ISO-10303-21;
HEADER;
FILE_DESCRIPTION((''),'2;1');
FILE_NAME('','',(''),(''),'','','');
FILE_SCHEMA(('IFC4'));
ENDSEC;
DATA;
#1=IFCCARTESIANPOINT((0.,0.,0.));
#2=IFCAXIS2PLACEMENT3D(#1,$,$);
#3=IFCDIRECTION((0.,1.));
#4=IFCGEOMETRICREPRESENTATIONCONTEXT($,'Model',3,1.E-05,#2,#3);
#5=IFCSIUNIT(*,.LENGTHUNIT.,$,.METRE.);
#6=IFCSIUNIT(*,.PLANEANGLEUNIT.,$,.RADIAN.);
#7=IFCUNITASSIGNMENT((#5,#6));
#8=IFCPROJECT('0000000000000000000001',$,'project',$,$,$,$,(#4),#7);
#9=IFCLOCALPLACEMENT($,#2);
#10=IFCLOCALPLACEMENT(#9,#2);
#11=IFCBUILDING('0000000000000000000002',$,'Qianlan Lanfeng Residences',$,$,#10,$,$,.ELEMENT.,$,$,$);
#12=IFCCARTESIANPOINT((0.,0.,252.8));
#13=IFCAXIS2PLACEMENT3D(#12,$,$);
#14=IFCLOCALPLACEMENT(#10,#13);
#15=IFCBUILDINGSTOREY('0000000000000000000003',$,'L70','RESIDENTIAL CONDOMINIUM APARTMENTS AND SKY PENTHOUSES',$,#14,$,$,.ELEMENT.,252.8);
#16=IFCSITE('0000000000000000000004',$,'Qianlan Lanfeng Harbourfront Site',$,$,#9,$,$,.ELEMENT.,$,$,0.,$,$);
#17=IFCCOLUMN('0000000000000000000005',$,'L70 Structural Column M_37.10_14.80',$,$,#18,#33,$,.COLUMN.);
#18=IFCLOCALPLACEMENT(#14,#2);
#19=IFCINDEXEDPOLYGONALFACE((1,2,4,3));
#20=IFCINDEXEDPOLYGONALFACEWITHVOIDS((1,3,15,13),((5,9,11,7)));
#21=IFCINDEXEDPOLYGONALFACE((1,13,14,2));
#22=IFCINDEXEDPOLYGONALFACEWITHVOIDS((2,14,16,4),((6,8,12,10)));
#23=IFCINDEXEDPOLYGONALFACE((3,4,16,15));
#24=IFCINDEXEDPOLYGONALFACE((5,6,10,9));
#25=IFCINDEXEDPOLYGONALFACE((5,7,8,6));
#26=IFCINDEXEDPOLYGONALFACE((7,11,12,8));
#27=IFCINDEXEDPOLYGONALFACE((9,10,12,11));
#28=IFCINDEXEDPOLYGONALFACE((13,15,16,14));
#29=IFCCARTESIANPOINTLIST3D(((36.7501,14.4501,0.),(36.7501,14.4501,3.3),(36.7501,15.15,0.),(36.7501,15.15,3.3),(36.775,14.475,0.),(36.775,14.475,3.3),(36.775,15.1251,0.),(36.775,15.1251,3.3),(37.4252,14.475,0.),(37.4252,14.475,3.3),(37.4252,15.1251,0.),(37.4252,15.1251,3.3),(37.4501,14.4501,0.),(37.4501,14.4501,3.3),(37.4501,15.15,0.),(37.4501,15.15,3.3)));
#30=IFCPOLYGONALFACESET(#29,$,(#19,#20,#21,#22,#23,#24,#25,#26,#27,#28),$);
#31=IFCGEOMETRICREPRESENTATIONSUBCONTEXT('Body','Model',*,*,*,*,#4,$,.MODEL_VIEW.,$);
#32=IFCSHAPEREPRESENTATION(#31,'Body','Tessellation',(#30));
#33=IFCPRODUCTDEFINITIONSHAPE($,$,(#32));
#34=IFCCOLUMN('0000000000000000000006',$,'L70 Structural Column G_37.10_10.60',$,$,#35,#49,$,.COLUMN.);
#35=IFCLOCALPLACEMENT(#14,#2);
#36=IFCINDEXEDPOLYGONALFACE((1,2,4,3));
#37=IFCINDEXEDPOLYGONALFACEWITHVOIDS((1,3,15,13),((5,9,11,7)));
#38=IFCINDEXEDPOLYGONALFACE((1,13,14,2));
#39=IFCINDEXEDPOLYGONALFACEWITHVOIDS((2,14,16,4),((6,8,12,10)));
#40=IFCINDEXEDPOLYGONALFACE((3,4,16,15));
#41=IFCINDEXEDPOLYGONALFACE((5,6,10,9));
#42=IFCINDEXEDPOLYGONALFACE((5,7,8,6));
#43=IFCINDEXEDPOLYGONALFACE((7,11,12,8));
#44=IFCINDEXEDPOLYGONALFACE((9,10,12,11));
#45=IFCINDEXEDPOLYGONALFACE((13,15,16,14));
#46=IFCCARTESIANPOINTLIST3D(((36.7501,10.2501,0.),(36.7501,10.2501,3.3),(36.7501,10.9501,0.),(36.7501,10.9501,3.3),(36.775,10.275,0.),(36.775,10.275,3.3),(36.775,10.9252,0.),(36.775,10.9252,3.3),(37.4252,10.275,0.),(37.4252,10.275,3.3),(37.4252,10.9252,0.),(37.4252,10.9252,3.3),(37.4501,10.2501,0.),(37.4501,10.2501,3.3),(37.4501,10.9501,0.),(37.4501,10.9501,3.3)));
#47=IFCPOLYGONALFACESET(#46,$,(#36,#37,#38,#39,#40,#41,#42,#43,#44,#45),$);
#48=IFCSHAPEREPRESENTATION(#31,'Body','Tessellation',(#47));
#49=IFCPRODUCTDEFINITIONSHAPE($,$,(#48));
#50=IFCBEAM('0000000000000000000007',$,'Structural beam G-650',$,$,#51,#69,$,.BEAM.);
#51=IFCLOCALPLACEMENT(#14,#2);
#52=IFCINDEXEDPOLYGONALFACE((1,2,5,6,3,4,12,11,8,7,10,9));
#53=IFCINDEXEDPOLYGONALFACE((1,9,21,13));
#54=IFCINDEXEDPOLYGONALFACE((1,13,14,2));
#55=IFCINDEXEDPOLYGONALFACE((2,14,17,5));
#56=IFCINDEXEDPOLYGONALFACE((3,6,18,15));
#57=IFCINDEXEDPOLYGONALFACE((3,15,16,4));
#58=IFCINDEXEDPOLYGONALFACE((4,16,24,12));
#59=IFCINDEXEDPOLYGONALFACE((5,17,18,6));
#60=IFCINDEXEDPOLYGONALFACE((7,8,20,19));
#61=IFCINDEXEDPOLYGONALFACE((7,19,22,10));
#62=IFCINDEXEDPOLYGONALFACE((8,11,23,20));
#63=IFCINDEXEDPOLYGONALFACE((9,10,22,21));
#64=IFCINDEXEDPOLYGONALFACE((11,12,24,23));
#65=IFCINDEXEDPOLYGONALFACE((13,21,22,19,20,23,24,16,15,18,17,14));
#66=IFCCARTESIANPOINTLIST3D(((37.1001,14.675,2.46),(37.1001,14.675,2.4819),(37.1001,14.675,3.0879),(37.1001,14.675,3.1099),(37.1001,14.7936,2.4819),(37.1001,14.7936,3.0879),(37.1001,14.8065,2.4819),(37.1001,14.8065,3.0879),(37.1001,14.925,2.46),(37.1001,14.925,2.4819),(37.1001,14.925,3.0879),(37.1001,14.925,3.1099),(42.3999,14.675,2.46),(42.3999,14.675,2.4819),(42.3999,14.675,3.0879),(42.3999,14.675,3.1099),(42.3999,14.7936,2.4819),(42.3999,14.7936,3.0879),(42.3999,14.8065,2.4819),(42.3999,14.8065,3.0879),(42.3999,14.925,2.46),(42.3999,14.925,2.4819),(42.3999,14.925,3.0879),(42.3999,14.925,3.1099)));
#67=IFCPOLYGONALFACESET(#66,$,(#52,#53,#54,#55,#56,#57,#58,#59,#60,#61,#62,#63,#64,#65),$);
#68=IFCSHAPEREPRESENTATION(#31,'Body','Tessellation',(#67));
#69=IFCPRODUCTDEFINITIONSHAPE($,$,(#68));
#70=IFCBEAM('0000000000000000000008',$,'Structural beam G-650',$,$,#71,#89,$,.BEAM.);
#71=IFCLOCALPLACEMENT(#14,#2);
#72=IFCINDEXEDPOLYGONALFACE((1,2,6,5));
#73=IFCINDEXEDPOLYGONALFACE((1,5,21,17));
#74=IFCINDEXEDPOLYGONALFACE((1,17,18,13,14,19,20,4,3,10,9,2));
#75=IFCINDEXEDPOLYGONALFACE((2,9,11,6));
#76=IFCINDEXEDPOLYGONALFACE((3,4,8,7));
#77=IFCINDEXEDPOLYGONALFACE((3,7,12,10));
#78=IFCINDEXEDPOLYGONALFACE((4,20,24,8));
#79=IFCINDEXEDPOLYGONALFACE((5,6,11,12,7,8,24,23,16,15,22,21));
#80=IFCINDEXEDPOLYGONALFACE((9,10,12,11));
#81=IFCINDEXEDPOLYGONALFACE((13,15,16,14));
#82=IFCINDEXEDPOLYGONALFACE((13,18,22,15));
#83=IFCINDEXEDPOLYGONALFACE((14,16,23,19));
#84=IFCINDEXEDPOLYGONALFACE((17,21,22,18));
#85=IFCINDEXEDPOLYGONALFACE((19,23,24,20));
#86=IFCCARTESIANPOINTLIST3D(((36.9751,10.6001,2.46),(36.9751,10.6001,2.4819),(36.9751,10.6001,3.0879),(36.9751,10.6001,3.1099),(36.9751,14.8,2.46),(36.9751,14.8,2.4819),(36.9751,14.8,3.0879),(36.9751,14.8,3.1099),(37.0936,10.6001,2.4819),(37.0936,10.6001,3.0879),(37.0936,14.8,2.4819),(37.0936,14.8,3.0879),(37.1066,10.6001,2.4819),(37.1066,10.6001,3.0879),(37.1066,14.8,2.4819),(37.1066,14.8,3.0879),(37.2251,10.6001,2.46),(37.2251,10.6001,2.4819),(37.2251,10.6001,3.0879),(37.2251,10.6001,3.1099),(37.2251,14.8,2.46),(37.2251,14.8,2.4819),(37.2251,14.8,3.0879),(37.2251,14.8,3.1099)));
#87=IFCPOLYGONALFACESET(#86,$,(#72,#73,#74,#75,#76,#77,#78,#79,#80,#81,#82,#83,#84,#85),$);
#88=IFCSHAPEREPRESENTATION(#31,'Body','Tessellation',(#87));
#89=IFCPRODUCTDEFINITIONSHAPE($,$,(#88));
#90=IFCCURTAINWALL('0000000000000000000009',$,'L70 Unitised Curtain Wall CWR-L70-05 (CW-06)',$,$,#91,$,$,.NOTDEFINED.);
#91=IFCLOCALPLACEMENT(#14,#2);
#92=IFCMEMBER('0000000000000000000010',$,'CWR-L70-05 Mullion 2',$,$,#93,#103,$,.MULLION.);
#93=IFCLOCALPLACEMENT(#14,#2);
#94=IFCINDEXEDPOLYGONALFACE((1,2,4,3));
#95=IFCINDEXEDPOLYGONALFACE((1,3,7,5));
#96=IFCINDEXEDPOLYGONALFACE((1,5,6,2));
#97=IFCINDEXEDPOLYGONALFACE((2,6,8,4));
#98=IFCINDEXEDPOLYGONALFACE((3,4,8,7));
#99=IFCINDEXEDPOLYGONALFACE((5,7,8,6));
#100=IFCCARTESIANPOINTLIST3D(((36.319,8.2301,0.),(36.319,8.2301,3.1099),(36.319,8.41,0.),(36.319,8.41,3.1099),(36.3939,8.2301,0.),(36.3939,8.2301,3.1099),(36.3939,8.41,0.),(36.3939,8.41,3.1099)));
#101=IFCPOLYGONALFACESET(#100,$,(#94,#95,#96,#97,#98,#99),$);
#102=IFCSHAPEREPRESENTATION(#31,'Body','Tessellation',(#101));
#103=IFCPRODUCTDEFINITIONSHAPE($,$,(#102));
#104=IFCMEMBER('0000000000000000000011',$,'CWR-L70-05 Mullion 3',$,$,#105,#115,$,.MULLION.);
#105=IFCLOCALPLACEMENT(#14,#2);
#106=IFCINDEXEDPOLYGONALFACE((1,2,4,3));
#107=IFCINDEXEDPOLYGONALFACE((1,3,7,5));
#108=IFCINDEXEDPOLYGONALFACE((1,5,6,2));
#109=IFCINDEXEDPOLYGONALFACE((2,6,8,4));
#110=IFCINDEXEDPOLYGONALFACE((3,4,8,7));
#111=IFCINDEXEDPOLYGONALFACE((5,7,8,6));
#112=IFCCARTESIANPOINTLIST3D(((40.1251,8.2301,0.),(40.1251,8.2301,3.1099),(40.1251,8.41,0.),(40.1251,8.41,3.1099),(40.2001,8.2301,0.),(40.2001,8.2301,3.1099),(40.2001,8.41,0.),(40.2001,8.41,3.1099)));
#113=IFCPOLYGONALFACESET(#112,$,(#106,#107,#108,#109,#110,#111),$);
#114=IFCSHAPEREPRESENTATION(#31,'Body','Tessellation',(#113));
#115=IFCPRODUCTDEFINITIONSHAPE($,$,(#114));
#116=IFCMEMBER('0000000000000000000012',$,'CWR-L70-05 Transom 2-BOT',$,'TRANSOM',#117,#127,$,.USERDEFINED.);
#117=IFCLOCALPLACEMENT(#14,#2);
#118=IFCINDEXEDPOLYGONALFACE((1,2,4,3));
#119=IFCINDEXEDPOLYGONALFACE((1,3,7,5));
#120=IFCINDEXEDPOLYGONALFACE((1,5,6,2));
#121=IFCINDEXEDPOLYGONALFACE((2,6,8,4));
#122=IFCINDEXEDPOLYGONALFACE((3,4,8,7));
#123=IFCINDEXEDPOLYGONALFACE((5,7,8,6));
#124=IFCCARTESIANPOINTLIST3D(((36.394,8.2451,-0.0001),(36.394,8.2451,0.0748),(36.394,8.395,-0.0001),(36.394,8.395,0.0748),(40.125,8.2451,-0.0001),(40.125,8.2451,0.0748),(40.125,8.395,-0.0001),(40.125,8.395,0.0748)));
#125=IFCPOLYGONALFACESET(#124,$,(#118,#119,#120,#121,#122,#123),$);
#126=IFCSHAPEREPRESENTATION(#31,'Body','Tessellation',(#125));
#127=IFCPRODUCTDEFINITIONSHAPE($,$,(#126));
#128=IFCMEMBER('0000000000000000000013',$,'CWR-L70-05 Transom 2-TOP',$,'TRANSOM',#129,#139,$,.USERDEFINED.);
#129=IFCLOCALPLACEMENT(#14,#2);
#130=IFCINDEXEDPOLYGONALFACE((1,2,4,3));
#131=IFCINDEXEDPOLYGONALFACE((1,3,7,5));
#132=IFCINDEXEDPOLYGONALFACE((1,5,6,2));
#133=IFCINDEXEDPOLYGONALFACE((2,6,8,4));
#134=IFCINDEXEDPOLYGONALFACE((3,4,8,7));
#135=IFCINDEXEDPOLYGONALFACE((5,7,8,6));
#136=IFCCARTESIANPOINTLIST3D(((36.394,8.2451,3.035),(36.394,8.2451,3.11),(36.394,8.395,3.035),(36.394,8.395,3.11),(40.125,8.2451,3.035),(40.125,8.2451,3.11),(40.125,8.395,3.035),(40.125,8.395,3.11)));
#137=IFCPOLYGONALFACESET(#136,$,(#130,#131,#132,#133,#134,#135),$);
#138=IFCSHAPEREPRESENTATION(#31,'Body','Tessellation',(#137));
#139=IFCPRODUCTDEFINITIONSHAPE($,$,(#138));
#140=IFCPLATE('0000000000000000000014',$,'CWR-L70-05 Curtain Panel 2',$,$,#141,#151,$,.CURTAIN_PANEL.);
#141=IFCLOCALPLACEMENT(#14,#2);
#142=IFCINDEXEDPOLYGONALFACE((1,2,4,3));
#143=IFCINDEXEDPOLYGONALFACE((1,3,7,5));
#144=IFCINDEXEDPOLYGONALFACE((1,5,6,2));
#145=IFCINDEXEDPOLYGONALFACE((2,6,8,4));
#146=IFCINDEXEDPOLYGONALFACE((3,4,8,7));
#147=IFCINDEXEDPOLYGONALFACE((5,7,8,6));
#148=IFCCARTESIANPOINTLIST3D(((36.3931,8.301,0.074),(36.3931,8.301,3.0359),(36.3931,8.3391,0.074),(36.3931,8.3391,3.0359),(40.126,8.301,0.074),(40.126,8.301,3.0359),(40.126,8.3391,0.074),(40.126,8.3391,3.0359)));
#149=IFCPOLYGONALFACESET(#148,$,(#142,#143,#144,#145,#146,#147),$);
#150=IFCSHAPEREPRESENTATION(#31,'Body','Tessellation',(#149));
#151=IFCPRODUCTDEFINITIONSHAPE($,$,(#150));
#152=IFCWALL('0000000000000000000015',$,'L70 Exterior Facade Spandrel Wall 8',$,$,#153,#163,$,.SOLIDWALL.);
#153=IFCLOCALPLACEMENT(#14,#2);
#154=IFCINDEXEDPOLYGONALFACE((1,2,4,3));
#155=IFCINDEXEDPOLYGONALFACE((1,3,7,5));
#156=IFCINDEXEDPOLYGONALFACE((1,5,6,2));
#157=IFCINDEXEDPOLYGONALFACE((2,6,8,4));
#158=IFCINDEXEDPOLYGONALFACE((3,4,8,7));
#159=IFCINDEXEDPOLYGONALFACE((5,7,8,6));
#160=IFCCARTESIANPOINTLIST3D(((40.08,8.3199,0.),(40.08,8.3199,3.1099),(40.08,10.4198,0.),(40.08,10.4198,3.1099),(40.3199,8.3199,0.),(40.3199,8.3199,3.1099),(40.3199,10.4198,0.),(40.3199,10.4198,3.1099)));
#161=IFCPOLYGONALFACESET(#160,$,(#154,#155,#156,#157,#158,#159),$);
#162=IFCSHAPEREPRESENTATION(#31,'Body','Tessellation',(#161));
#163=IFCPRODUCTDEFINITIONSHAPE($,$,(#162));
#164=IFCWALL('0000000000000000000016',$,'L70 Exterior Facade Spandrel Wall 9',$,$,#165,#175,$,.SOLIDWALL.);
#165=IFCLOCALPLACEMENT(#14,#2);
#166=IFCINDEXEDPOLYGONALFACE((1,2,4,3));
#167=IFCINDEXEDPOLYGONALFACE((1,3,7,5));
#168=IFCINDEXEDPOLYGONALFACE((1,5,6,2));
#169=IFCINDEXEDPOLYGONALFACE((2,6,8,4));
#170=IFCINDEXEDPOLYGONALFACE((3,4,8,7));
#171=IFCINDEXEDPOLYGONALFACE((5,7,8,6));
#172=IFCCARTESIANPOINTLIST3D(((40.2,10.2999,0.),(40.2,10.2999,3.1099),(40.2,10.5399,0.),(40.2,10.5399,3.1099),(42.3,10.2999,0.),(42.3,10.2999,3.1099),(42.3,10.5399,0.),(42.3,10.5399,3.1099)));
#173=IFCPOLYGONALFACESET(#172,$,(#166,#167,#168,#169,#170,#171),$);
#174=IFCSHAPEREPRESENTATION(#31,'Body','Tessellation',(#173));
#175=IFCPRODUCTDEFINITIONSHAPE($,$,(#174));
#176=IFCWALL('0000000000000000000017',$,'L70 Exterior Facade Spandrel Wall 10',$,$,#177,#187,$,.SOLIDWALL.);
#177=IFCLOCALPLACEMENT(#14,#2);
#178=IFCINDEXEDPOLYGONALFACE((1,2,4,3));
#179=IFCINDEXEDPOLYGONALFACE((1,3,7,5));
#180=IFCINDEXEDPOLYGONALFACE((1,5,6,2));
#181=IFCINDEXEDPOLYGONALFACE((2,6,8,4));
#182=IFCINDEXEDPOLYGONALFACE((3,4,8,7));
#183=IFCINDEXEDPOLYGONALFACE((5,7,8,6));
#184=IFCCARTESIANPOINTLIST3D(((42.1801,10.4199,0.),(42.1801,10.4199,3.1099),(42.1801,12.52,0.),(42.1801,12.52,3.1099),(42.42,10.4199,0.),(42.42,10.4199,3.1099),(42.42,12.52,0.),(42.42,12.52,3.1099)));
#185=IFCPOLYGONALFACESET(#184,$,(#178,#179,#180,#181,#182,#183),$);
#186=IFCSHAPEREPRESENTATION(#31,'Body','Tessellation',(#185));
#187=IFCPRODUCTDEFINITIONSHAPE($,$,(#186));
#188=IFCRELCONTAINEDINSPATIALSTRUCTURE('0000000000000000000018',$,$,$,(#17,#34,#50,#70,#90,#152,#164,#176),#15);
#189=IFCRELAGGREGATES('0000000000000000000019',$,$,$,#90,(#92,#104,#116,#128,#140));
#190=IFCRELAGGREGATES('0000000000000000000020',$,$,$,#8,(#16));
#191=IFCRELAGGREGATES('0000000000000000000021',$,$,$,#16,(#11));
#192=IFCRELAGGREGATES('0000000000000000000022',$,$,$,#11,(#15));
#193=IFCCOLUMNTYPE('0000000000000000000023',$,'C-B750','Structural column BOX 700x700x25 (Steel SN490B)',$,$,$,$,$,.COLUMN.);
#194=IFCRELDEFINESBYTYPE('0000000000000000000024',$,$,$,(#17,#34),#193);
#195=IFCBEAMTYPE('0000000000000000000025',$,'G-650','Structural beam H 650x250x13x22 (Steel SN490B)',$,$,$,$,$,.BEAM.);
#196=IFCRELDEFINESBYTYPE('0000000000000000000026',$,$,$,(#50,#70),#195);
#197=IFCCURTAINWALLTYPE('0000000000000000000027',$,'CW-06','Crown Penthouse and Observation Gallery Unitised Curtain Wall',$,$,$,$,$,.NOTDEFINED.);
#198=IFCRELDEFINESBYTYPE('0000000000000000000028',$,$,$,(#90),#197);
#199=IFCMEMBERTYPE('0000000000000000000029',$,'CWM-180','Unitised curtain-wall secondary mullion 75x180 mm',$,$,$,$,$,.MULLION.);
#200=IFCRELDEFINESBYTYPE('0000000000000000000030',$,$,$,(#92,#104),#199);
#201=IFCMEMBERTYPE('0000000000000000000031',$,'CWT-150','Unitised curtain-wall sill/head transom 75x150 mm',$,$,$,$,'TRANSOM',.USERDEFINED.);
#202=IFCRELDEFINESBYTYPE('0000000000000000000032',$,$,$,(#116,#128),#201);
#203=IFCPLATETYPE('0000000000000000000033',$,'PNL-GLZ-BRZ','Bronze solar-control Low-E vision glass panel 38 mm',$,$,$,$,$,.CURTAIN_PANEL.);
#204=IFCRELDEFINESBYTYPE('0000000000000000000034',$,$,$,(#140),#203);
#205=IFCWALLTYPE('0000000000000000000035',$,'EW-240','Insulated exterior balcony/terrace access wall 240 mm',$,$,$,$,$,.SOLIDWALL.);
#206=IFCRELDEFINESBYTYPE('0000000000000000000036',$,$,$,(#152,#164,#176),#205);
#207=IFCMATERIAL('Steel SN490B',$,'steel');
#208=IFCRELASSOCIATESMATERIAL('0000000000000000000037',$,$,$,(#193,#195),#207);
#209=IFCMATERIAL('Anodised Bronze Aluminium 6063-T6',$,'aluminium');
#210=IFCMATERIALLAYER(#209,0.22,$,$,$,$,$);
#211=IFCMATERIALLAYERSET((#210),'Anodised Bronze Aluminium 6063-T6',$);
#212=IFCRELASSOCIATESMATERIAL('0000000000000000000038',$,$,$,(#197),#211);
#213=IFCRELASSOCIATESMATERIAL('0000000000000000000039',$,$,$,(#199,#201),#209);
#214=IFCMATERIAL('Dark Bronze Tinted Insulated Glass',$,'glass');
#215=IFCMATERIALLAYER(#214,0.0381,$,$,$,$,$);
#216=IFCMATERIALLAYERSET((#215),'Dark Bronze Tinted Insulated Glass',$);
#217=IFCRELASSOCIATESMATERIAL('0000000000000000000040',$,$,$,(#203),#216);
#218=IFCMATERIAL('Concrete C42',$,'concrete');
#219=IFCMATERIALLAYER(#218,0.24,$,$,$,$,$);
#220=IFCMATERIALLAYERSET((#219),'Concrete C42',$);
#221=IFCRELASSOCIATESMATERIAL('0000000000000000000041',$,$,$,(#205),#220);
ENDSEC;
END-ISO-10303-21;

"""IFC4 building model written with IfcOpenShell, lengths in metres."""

from ifc_helpers import new_model, si_unit, direction, frame, frame_2d, origin, origin_2d, place, context, subcontext, project, spatial, rectangle, hollow_rectangle, i_section, extrude, source, transform, mapped, material, layer, layer_set, material_profile, profile_set, type_object, element, aggregate, save


model = new_model("IFC4")

# Units and contexts
model_context = context("Model", 3, precision=1e-05, world=origin(), true_north=direction((0.0, 1.0)))
body_context = subcontext(model_context, "Body", "Model", "MODEL_VIEW")
ifc_project = project(units=[si_unit("LENGTHUNIT", "METRE"), si_unit("PLANEANGLEUNIT", "RADIAN")], contexts=[model_context])

# Site, building, storey
site_placement = place(None, origin())
site = spatial("IfcSite", under=ifc_project, at=site_placement, Name="Qianlan Lanfeng Harbourfront Site", CompositionType="ELEMENT", RefElevation=0.0)
building_placement = place(site_placement, origin())
building = spatial("IfcBuilding", under=site, at=building_placement, Name="Qianlan Lanfeng Residences", CompositionType="ELEMENT")
storey_placement = place(building_placement, frame((0.0, 0.0, 252.8)))
storey = spatial("IfcBuildingStorey", under=building, at=storey_placement, Name="L70", Description="RESIDENTIAL CONDOMINIUM APARTMENTS AND SKY PENTHOUSES", CompositionType="ELEMENT", Elevation=252.8)

# Columns
ifc_material_1 = material(Name="Steel SN490B", Category="steel")
ifc_material_profile_1 = material_profile(ifc_material_1, hollow_rectangle(XDim=0.7, YDim=0.7, WallThickness=0.0249, at=origin_2d()), Name="BOX 700x700x25")
ifc_profile_set_1 = profile_set([ifc_material_profile_1], Name="Steel SN490B")
column_type = type_object("IfcColumnType", Name="C-B750", Description="Structural column BOX 700x700x25 (Steel SN490B)", PredefinedType="COLUMN", material=ifc_profile_set_1)
for number, where, z_axis, x_axis, name in (
    (1, (37.1001, 14.8, 0.0), (0.0, 0.0, 1.0), (1.0, 0.0, 0.0), "L70 Structural Column M_37.10_14.80"),
    (2, (37.1001, 10.6001, 0.0), (0.0, 0.0, 1.0), (1.0, 0.0, 0.0), "L70 Structural Column G_37.10_10.60"),
):
    element("IfcColumn", number, at=place(storey_placement, frame(where, z_axis=z_axis, x_axis=x_axis)), inside=storey, type_object=column_type, Name=name, PredefinedType="COLUMN", context=body_context, shape_type="SweptSolid", body=[
        extrude(hollow_rectangle(XDim=0.7, YDim=0.7, WallThickness=0.0249, at=origin_2d()), origin(), (0.0, 0.0, 1.0), 3.3),
    ])

# Beams
ifc_material_profile_2 = material_profile(ifc_material_1, i_section(OverallWidth=0.25, OverallDepth=0.6499, WebThickness=0.0129, FlangeThickness=0.022, at=origin_2d()), Name="H 650x250x13x22")
ifc_profile_set_2 = profile_set([ifc_material_profile_2], Name="Steel SN490B")
beam_type = type_object("IfcBeamType", Name="G-650", Description="Structural beam H 650x250x13x22 (Steel SN490B)", PredefinedType="BEAM", material=ifc_profile_set_2)
beam_1_placement = place(storey_placement, frame((37.1001, 14.8, 2.7849), z_axis=(1.0, 0.0, 0.0), x_axis=(0.0, 1.0, 0.0)))
element("IfcBeam", 3, at=beam_1_placement, inside=storey, type_object=beam_type, Name="Structural beam G-650", PredefinedType="BEAM", context=body_context, shape_type="SweptSolid", body=[
    extrude(i_section(OverallWidth=0.25, OverallDepth=0.6499, WebThickness=0.0129, FlangeThickness=0.022, at=origin_2d()), origin(), (0.0, 0.0, 1.0), 5.2998),
])
beam_2_placement = place(storey_placement, frame((37.1001, 10.6001, 2.7849), z_axis=(0.0, 1.0, 0.0), x_axis=(-1.0, 0.0, 0.0)))
element("IfcBeam", 4, at=beam_2_placement, inside=storey, type_object=beam_type, Name="Structural beam G-650", PredefinedType="BEAM", context=body_context, shape_type="SweptSolid", body=[
    extrude(i_section(OverallWidth=0.25, OverallDepth=0.6499, WebThickness=0.0129, FlangeThickness=0.022, at=origin_2d()), origin(), (0.0, 0.0, 1.0), 4.2),
])

# Curtain wall, members, plate
ifc_material_2 = material(Name="Anodised Bronze Aluminium 6063-T6", Category="aluminium")
ifc_layer_1 = layer(ifc_material_2, 0.22)
ifc_layer_set_1 = layer_set([ifc_layer_1], Name="Anodised Bronze Aluminium 6063-T6")
curtain_wall_type = type_object("IfcCurtainWallType", Name="CW-06", Description="Crown Penthouse and Observation Gallery Unitised Curtain Wall", PredefinedType="NOTDEFINED", material=ifc_layer_set_1)
curtain_wall_placement = place(storey_placement, origin())
curtain_wall = element("IfcCurtainWall", 5, at=curtain_wall_placement, inside=storey, type_object=curtain_wall_type, Name="L70 Unitised Curtain Wall CWR-L70-05 (CW-06)", PredefinedType="NOTDEFINED")
ifc_material_profile_3 = material_profile(ifc_material_2, rectangle(XDim=0.075, YDim=0.1799, at=origin_2d()), Name="ALU MULLION 75x180")
ifc_profile_set_3 = profile_set([ifc_material_profile_3], Name="Anodised Bronze Aluminium 6063-T6")
member_type_1 = type_object("IfcMemberType", Name="CWM-180", Description="Unitised curtain-wall secondary mullion 75x180 mm", PredefinedType="MULLION", material=ifc_profile_set_3)
shared_shape_1 = source(origin(), body_context, "Body", "SweptSolid", [
    extrude(rectangle(XDim=0.075, YDim=0.1799, at=origin_2d()), origin(), (0.0, 0.0, 1.0), 3.1099),
])
member_1_placement = place(storey_placement, frame((36.3564, 8.3201, 0.0), z_axis=(0.0, 0.0, 1.0), x_axis=(1.0, 0.0, 0.0)))
member_1 = element("IfcMember", 6, at=member_1_placement, type_object=member_type_1, Name="CWR-L70-05 Mullion 2", PredefinedType="MULLION", context=body_context, shape_type="MappedRepresentation", body=[
    mapped(shared_shape_1, transform((0.0, 0.0, 0.0), scale=1.0)),
])
member_2_placement = place(storey_placement, frame((40.1626, 8.3201, 0.0), z_axis=(0.0, 0.0, 1.0), x_axis=(1.0, 0.0, 0.0)))
member_2 = element("IfcMember", 7, at=member_2_placement, type_object=member_type_1, Name="CWR-L70-05 Mullion 3", PredefinedType="MULLION", context=body_context, shape_type="MappedRepresentation", body=[
    mapped(shared_shape_1, transform((0.0, 0.0, 0.0), scale=1.0)),
])
ifc_material_profile_4 = material_profile(ifc_material_2, rectangle(XDim=0.075, YDim=0.1499, at=origin_2d()), Name="ALU TRANSOM 75x150")
ifc_profile_set_4 = profile_set([ifc_material_profile_4], Name="Anodised Bronze Aluminium 6063-T6")
member_type_2 = type_object("IfcMemberType", Name="CWT-150", Description="Unitised curtain-wall sill/head transom 75x150 mm", ElementType="TRANSOM", PredefinedType="USERDEFINED", material=ifc_profile_set_4)
shared_shape_2 = source(origin(), body_context, "Body", "SweptSolid", [
    extrude(rectangle(XDim=0.075, YDim=0.1499, at=origin_2d()), origin(), (0.0, 0.0, 1.0), 3.731),
])
member_3_placement = place(storey_placement, frame((36.394, 8.3201, 0.0374), z_axis=(1.0, 0.0, 0.0), x_axis=(0.0, 0.0, 1.0)))
member_3 = element("IfcMember", 8, at=member_3_placement, type_object=member_type_2, Name="CWR-L70-05 Transom 2-BOT", ObjectType="TRANSOM", PredefinedType="USERDEFINED", context=body_context, shape_type="MappedRepresentation", body=[
    mapped(shared_shape_2, transform((0.0, 0.0, 0.0), scale=1.0)),
])
member_4_placement = place(storey_placement, frame((36.394, 8.3201, 3.0725), z_axis=(1.0, 0.0, 0.0), x_axis=(0.0, 0.0, 1.0)))
member_4 = element("IfcMember", 9, at=member_4_placement, type_object=member_type_2, Name="CWR-L70-05 Transom 2-TOP", ObjectType="TRANSOM", PredefinedType="USERDEFINED", context=body_context, shape_type="MappedRepresentation", body=[
    mapped(shared_shape_2, transform((0.0, 0.0, 0.0), scale=1.0)),
])
ifc_material_3 = material(Name="Dark Bronze Tinted Insulated Glass", Category="glass")
ifc_layer_2 = layer(ifc_material_3, 0.0381)
ifc_layer_set_2 = layer_set([ifc_layer_2], Name="Dark Bronze Tinted Insulated Glass")
plate_type = type_object("IfcPlateType", Name="PNL-GLZ-BRZ", Description="Bronze solar-control Low-E vision glass panel 38 mm", PredefinedType="CURTAIN_PANEL", material=ifc_layer_set_2)
shared_shape_3 = source(origin(), body_context, "Body", "SweptSolid", [
    extrude(rectangle(XDim=3.7329, YDim=0.0381, at=origin_2d()), origin(), (0.0, 0.0, 1.0), 2.9619),
])
plate_placement = place(storey_placement, frame((38.2595, 8.3201, 0.074), z_axis=(0.0, 0.0, 1.0), x_axis=(1.0, 0.0, 0.0)))
plate = element("IfcPlate", 10, at=plate_placement, type_object=plate_type, Name="CWR-L70-05 Curtain Panel 2", PredefinedType="CURTAIN_PANEL", context=body_context, shape_type="MappedRepresentation", body=[
    mapped(shared_shape_3, transform((0.0, 0.0, 0.0), scale=1.0)),
])
aggregate(curtain_wall, [member_1, member_2, member_3, member_4, plate])

# Walls
ifc_material_4 = material(Name="Concrete C42", Category="concrete")
ifc_layer_3 = layer(ifc_material_4, 0.24)
ifc_layer_set_3 = layer_set([ifc_layer_3], Name="Concrete C42")
wall_type_1 = type_object("IfcWallType", Name="EW-240", Description="Insulated exterior balcony/terrace access wall 240 mm", PredefinedType="SOLIDWALL", material=ifc_layer_set_3)
wall_1_placement = place(storey_placement, frame((40.2, 8.3201, 0.0), z_axis=(0.0, 0.0, 1.0), x_axis=(0.0, 1.0, 0.0)))
element("IfcWall", 11, at=wall_1_placement, inside=storey, type_object=wall_type_1, Name="L70 Exterior Facade Spandrel Wall 8", PredefinedType="SOLIDWALL", context=body_context, shape_type="SweptSolid", body=[
    extrude(rectangle(XDim=2.0999, YDim=0.24, at=frame_2d((1.0498, 0.0))), origin(), (0.0, 0.0, 1.0), 3.1099),
])
for number, where, z_axis, x_axis, name in (
    (12, (40.2, 10.4199, 0.0), (0.0, 0.0, 1.0), (1.0, 0.0, 0.0), "L70 Exterior Facade Spandrel Wall 9"),
    (13, (42.3, 10.4199, 0.0), (0.0, 0.0, 1.0), (0.0, 1.0, 0.0), "L70 Exterior Facade Spandrel Wall 10"),
):
    element("IfcWall", number, at=place(storey_placement, frame(where, z_axis=z_axis, x_axis=x_axis)), inside=storey, type_object=wall_type_1, Name=name, PredefinedType="SOLIDWALL", context=body_context, shape_type="SweptSolid", body=[
        extrude(rectangle(XDim=2.1001, YDim=0.24, at=frame_2d((1.05, 0.0))), origin(), (0.0, 0.0, 1.0), 3.1099),
    ])

save(model, "model.ifc")
